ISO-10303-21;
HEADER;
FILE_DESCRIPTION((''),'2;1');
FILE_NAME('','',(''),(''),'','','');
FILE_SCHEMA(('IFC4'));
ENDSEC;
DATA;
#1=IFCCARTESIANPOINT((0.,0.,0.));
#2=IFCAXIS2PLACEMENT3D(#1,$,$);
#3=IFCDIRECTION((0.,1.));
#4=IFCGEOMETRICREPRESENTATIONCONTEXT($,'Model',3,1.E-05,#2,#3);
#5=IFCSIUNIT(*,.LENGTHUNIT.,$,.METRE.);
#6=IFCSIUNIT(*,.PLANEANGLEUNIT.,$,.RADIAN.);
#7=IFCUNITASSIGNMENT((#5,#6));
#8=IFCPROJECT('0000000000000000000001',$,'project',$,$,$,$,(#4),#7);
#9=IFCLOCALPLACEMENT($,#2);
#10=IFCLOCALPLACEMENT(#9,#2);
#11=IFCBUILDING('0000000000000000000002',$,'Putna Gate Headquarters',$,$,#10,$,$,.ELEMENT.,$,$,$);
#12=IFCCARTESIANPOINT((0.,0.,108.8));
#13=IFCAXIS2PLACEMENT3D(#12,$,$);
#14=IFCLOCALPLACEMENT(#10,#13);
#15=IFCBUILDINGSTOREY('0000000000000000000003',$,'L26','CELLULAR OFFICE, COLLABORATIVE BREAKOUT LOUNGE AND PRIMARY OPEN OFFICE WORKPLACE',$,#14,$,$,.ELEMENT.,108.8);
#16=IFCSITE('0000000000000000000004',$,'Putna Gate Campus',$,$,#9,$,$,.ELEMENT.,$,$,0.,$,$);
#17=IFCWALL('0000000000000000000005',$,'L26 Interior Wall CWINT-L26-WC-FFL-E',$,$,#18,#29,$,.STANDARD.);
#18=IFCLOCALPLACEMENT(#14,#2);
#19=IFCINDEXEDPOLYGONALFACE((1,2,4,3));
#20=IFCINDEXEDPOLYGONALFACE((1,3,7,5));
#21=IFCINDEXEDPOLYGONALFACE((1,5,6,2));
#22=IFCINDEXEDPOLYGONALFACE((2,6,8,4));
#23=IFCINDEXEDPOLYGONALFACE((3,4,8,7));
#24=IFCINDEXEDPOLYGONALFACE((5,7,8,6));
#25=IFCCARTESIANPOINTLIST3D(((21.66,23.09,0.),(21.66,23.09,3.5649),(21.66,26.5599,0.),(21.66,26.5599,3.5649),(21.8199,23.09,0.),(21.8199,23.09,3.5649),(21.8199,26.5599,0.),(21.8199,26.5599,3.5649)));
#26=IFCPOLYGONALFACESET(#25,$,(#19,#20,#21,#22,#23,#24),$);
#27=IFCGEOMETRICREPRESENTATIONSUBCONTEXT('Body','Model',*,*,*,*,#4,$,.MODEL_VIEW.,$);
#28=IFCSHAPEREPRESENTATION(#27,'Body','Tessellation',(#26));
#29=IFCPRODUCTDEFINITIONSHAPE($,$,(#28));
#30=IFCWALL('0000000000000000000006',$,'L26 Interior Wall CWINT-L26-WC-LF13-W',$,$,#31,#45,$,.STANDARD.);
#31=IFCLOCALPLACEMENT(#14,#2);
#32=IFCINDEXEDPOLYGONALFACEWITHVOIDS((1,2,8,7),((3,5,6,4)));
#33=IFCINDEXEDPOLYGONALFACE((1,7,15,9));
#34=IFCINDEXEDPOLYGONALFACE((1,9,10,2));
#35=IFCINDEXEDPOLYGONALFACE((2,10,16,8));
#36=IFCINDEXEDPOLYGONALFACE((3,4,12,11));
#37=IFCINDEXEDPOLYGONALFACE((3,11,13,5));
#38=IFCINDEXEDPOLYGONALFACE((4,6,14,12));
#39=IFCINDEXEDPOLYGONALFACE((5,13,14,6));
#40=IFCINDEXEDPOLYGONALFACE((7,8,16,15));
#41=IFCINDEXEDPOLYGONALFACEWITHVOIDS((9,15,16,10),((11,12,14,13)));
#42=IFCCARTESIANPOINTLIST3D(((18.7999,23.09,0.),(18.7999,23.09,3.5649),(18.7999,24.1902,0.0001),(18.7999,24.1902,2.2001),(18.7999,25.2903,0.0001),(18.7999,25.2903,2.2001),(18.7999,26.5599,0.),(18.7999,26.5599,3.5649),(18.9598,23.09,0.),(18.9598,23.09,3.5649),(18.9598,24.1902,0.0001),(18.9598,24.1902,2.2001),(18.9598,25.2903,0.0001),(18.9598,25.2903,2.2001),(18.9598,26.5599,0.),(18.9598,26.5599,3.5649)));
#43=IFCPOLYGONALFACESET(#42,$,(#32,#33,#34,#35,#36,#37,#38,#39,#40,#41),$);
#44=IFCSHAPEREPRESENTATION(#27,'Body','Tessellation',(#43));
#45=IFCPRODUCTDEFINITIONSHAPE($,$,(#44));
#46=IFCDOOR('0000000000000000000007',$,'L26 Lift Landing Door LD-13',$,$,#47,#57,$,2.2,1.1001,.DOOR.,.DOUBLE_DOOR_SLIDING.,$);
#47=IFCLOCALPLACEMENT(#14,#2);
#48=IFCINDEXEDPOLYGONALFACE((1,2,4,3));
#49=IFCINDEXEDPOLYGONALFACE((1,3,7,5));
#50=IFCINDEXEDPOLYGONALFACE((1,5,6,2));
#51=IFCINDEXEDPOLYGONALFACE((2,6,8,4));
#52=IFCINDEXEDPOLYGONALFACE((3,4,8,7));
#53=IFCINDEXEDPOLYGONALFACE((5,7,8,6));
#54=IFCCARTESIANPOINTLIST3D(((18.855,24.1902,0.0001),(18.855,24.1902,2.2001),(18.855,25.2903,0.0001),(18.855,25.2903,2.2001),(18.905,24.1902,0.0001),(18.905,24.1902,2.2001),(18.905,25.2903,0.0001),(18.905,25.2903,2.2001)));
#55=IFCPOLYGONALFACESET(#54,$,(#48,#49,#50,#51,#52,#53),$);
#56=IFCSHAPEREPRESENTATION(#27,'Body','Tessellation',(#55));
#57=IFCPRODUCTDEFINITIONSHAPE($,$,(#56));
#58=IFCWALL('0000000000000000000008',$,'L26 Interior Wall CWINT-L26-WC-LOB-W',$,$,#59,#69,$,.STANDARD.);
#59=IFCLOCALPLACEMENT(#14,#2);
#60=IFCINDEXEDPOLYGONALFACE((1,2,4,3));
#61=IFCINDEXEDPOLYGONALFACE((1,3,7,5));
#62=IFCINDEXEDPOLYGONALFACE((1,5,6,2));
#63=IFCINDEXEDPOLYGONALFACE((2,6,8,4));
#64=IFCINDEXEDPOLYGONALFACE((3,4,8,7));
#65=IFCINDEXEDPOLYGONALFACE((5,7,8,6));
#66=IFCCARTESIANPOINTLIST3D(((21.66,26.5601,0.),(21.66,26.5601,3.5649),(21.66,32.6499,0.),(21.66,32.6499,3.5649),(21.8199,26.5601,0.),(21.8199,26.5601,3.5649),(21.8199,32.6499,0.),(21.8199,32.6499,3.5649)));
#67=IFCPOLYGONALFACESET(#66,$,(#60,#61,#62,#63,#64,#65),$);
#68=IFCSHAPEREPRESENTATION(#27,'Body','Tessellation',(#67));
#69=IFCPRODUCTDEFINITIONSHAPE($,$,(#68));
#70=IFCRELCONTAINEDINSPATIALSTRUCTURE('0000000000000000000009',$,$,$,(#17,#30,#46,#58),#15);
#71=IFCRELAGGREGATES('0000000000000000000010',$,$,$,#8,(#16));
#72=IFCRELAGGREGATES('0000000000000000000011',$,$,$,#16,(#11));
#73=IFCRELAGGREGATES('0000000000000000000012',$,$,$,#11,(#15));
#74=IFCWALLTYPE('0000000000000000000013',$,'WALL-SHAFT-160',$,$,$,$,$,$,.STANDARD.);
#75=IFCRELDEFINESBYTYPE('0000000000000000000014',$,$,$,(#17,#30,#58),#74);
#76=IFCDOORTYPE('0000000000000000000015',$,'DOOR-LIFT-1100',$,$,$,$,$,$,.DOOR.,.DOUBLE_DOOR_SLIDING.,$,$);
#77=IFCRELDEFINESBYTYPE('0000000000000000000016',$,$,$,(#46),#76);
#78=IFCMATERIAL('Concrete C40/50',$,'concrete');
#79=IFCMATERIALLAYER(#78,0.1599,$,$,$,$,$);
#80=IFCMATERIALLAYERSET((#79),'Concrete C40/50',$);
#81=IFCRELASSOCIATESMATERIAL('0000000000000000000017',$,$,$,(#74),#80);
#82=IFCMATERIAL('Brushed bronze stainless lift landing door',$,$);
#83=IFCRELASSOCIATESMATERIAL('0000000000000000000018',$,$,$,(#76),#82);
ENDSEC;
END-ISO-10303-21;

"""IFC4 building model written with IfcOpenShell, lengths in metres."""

from ifc_helpers import new_model, si_unit, direction, frame, frame_2d, origin, place, context, subcontext, project, spatial, rectangle, extrude, material, layer, layer_set, type_object, element, fill, save


model = new_model("IFC4")

# Units and contexts
model_context = context("Model", 3, precision=1e-05, world=origin(), true_north=direction((0.0, 1.0)))
body_context = subcontext(model_context, "Body", "Model", "MODEL_VIEW")
ifc_project = project(units=[si_unit("LENGTHUNIT", "METRE"), si_unit("PLANEANGLEUNIT", "RADIAN")], contexts=[model_context])

# Site, building, storey
site_placement = place(None, origin())
site = spatial("IfcSite", under=ifc_project, at=site_placement, Name="Putna Gate Campus", CompositionType="ELEMENT", RefElevation=0.0)
building_placement = place(site_placement, origin())
building = spatial("IfcBuilding", under=site, at=building_placement, Name="Putna Gate Headquarters", CompositionType="ELEMENT")
storey_placement = place(building_placement, frame((0.0, 0.0, 108.8)))
storey = spatial("IfcBuildingStorey", under=building, at=storey_placement, Name="L26", Description="CELLULAR OFFICE, COLLABORATIVE BREAKOUT LOUNGE AND PRIMARY OPEN OFFICE WORKPLACE", CompositionType="ELEMENT", Elevation=108.8)

# Wall
ifc_material_1 = material(Name="Concrete C40/50", Category="concrete")
ifc_layer_1 = layer(ifc_material_1, 0.1599)
ifc_layer_set_1 = layer_set([ifc_layer_1], Name="Concrete C40/50")
wall_type_1 = type_object("IfcWallType", Name="WALL-SHAFT-160", PredefinedType="STANDARD", material=ifc_layer_set_1)
wall_1_placement = place(storey_placement, frame((21.74, 23.0901, 0.0), z_axis=(0.0, 0.0, 1.0), x_axis=(0.0, 1.0, 0.0)))
element("IfcWall", 1, at=wall_1_placement, inside=storey, type_object=wall_type_1, Name="L26 Interior Wall CWINT-L26-WC-FFL-E", PredefinedType="STANDARD", context=body_context, shape_type="SweptSolid", body=[
    extrude(rectangle(XDim=3.47, YDim=0.1599, at=frame_2d((1.7349, 0.0))), origin(), (0.0, 0.0, 1.0), 3.5649),
])

# Wall, opening, door
wall_2_placement = place(storey_placement, frame((18.8799, 23.0901, 0.0), z_axis=(0.0, 0.0, 1.0), x_axis=(0.0, 1.0, 0.0)))
wall_2 = element("IfcWall", 2, at=wall_2_placement, inside=storey, type_object=wall_type_1, Name="L26 Interior Wall CWINT-L26-WC-LF13-W", PredefinedType="STANDARD", context=body_context, shape_type="SweptSolid", body=[
    extrude(rectangle(XDim=3.47, YDim=0.1599, at=frame_2d((1.7349, 0.0))), origin(), (0.0, 0.0, 1.0), 3.5649),
])
opening_1_placement = place(wall_2_placement, frame((1.1001, 0.0, 0.0)))
opening_1 = element("IfcOpeningElement", 3, at=opening_1_placement, cuts=wall_2, PredefinedType="OPENING", context=body_context, shape_type="SweptSolid", body=[
    extrude(rectangle(XDim=1.1001, YDim=2.2, at=frame_2d((0.55, 1.1001))), frame((0.0, 0.0898, 0.0), z_axis=(0.0, -1.0, 0.0), x_axis=(1.0, 0.0, 0.0)), (0.0, 0.0, 1.0), 0.1799),
])
ifc_material_2 = material(Name="Brushed bronze stainless lift landing door")
door_type_1 = type_object("IfcDoorType", Name="DOOR-LIFT-1100", OperationType="DOUBLE_DOOR_SLIDING", PredefinedType="DOOR", material=ifc_material_2)
door_1_placement = place(opening_1_placement, origin())
door_1 = element("IfcDoor", 4, at=door_1_placement, inside=storey, type_object=door_type_1, Name="L26 Lift Landing Door LD-13", OperationType="DOUBLE_DOOR_SLIDING", OverallHeight=2.2, OverallWidth=1.1001, PredefinedType="DOOR", context=body_context, shape_type="SweptSolid", body=[
    extrude(rectangle(XDim=1.1001, YDim=2.2, at=frame_2d((0.55, 1.1001))), frame((0.0, 0.0249, 0.0), z_axis=(0.0, -1.0, 0.0), x_axis=(1.0, 0.0, 0.0)), (0.0, 0.0, 1.0), 0.05),
])
fill(opening_1, door_1)

# Wall
wall_3_placement = place(storey_placement, frame((21.74, 26.5601, 0.0), z_axis=(0.0, 0.0, 1.0), x_axis=(0.0, 1.0, 0.0)))
element("IfcWall", 5, at=wall_3_placement, inside=storey, type_object=wall_type_1, Name="L26 Interior Wall CWINT-L26-WC-LOB-W", PredefinedType="STANDARD", context=body_context, shape_type="SweptSolid", body=[
    extrude(rectangle(XDim=6.0898, YDim=0.1599, at=frame_2d((3.0449, 0.0))), origin(), (0.0, 0.0, 1.0), 3.5649),
])

save(model, "model.ifc")
